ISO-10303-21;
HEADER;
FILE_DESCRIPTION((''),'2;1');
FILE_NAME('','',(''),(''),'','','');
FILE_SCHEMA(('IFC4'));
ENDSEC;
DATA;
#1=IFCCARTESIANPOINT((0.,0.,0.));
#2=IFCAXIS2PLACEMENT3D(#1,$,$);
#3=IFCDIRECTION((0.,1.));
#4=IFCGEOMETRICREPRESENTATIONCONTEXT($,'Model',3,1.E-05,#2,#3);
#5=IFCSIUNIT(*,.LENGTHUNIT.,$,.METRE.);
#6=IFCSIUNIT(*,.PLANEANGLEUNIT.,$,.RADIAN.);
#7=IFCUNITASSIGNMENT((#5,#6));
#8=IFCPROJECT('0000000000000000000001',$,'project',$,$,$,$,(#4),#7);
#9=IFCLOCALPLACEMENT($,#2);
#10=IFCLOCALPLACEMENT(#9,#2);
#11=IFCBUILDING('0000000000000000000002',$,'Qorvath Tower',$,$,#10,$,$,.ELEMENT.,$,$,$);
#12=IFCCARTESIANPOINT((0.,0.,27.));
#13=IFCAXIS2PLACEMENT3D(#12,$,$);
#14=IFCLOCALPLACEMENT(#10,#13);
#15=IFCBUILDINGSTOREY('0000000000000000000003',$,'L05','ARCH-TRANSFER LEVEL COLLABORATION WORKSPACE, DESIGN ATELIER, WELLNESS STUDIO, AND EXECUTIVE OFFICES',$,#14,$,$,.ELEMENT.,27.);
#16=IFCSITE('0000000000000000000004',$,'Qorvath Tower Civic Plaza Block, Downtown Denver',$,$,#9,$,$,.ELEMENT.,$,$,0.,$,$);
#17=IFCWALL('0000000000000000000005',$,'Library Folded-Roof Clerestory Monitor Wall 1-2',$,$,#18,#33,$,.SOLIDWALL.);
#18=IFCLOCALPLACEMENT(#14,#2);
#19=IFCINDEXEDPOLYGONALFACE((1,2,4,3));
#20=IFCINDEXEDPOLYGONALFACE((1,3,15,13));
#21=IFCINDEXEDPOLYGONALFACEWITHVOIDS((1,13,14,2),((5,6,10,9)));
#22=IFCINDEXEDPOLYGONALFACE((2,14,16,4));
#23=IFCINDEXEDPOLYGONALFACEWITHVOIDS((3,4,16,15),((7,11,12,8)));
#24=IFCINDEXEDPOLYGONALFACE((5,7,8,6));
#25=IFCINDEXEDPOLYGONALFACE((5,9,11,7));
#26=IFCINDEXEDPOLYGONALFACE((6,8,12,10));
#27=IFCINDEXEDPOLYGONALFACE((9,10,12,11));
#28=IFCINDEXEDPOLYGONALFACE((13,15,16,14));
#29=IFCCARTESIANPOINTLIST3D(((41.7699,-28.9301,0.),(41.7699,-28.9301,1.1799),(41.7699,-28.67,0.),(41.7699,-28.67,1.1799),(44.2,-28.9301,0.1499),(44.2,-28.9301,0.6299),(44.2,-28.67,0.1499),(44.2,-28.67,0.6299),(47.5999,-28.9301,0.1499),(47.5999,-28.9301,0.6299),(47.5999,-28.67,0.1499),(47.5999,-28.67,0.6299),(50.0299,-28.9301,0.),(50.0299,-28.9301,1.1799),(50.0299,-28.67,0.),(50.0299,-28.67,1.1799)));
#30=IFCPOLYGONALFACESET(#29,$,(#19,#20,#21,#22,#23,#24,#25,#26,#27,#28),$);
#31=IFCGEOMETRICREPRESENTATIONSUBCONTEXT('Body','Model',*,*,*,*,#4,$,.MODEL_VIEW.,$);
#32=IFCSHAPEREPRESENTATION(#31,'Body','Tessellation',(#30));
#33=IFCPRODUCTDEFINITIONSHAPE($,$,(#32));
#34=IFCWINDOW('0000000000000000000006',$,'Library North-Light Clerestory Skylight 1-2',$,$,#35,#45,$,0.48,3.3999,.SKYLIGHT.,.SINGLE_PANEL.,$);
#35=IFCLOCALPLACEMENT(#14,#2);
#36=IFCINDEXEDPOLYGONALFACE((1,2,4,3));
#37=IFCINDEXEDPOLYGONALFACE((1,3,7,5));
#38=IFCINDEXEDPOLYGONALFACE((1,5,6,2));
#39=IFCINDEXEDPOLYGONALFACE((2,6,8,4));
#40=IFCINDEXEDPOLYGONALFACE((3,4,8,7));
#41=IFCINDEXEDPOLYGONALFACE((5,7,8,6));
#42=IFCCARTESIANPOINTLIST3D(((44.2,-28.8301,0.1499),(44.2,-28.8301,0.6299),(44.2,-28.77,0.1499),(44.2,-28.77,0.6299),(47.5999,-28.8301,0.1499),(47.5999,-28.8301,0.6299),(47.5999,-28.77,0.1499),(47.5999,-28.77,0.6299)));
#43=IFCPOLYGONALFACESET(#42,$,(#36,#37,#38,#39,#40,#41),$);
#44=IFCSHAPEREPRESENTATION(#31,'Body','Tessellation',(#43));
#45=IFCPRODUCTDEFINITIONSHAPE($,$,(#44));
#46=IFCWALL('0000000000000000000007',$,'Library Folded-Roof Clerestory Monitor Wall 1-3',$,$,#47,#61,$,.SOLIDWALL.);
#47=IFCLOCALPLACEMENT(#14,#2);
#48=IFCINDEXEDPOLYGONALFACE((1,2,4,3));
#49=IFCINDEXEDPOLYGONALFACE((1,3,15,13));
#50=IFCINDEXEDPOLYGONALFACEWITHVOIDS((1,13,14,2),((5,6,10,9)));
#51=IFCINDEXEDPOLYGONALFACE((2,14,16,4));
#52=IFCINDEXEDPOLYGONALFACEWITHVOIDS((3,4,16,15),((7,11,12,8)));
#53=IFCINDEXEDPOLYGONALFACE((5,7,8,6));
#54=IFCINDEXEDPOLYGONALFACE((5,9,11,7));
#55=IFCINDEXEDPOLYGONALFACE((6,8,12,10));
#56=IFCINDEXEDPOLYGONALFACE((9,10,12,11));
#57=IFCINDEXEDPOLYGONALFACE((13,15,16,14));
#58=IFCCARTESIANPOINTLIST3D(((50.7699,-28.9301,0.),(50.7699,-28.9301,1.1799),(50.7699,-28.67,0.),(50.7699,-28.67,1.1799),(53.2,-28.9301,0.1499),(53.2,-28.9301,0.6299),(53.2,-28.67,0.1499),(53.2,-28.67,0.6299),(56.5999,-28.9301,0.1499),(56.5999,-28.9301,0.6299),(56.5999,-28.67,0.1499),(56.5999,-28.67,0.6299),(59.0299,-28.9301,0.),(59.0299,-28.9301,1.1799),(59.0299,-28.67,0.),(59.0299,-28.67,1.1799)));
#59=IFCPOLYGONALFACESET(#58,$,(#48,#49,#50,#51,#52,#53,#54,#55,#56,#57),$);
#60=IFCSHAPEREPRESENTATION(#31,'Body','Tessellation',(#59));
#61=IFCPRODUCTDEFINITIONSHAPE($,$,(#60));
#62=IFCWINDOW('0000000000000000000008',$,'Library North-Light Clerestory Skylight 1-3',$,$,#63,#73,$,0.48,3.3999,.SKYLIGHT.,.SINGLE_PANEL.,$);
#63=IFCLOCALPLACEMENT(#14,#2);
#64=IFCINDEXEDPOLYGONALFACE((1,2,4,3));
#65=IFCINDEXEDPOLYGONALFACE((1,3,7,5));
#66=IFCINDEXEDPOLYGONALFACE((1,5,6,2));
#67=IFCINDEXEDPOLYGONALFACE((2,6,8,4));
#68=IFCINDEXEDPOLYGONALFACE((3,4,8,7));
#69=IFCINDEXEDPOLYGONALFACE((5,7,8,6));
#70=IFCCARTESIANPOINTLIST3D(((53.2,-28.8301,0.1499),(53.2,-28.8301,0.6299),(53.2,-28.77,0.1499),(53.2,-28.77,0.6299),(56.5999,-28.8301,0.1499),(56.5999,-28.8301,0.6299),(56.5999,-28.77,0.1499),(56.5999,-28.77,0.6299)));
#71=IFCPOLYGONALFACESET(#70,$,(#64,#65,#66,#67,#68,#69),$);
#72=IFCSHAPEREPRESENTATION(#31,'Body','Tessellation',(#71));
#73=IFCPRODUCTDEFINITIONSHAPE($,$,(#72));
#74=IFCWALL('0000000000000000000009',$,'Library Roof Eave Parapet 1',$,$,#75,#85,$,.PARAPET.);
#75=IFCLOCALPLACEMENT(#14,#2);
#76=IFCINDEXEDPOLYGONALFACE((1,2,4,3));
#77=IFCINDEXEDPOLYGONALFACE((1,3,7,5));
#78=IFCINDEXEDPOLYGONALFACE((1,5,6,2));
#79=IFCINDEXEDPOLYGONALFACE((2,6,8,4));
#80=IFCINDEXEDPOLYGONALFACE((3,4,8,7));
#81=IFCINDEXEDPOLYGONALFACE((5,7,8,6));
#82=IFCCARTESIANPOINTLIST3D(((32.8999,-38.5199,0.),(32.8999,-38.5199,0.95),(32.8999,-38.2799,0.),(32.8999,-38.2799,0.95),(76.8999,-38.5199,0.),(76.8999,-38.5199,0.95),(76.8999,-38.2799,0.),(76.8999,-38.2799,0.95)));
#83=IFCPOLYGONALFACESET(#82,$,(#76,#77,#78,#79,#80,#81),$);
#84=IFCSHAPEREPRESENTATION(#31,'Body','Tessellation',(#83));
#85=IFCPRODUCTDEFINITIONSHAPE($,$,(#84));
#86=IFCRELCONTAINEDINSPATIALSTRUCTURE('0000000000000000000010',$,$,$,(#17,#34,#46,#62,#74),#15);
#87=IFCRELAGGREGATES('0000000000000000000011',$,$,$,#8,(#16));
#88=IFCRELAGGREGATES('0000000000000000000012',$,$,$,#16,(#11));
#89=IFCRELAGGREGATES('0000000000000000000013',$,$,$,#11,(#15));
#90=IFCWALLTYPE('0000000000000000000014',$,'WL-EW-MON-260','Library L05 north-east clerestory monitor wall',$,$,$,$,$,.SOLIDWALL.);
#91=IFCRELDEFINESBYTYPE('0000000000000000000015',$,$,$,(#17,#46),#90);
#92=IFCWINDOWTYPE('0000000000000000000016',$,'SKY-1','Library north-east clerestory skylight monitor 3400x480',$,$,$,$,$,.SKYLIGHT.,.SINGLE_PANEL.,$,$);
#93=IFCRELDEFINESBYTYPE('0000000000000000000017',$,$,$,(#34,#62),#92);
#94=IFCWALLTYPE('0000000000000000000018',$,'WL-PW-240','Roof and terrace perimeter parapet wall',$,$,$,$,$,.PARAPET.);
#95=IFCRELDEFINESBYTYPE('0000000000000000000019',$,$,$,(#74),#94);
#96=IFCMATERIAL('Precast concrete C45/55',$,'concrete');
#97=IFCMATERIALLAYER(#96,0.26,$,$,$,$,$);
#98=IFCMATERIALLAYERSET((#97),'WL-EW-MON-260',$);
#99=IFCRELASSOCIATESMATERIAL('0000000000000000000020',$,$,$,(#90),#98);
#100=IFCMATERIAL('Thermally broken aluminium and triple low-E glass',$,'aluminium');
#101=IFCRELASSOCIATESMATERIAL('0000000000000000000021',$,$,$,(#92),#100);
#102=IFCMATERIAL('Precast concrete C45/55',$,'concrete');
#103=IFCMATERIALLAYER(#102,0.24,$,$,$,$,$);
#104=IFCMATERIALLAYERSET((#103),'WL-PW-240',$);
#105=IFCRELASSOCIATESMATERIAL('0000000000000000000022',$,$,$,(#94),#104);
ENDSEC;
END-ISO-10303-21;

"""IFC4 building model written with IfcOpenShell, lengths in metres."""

from ifc_helpers import new_model, si_unit, direction, frame, frame_2d, origin, place, context, subcontext, project, spatial, rectangle, extrude, material, layer, layer_set, type_object, element, fill, save


model = new_model("IFC4")

# Units and contexts
model_context = context("Model", 3, precision=1e-05, world=origin(), true_north=direction((0.0, 1.0)))
body_context = subcontext(model_context, "Body", "Model", "MODEL_VIEW")
ifc_project = project(units=[si_unit("LENGTHUNIT", "METRE"), si_unit("PLANEANGLEUNIT", "RADIAN")], contexts=[model_context])

# Site, building, storey
site_placement = place(None, origin())
site = spatial("IfcSite", under=ifc_project, at=site_placement, Name="Qorvath Tower Civic Plaza Block, Downtown Denver", CompositionType="ELEMENT", RefElevation=0.0)
building_placement = place(site_placement, origin())
building = spatial("IfcBuilding", under=site, at=building_placement, Name="Qorvath Tower", CompositionType="ELEMENT")
storey_placement = place(building_placement, frame((0.0, 0.0, 27.0)))
storey = spatial("IfcBuildingStorey", under=building, at=storey_placement, Name="L05", Description="ARCH-TRANSFER LEVEL COLLABORATION WORKSPACE, DESIGN ATELIER, WELLNESS STUDIO, AND EXECUTIVE OFFICES", CompositionType="ELEMENT", Elevation=27.0)

# Walls, openings, windows
ifc_material_1 = material(Name="Precast concrete C45/55", Category="concrete")
ifc_layer_1 = layer(ifc_material_1, 0.26)
ifc_layer_set_1 = layer_set([ifc_layer_1], Name="WL-EW-MON-260")
wall_type_1 = type_object("IfcWallType", Name="WL-EW-MON-260", Description="Library L05 north-east clerestory monitor wall", PredefinedType="SOLIDWALL", material=ifc_layer_set_1)
wall_1_placement = place(storey_placement, frame((41.77, -28.8, 0.0), z_axis=(0.0, 0.0, 1.0), x_axis=(1.0, 0.0, 0.0)))
wall_1 = element("IfcWall", 1, at=wall_1_placement, inside=storey, type_object=wall_type_1, Name="Library Folded-Roof Clerestory Monitor Wall 1-2", PredefinedType="SOLIDWALL", context=body_context, shape_type="SweptSolid", body=[
    extrude(rectangle(XDim=8.26, YDim=0.26, at=frame_2d((4.1299, 0.0))), origin(), (0.0, 0.0, 1.0), 1.1799),
])
opening_1_placement = place(wall_1_placement, frame((2.4299, 0.0, 0.1499)))
opening_1 = element("IfcOpeningElement", 2, at=opening_1_placement, cuts=wall_1, PredefinedType="OPENING", context=body_context, shape_type="SweptSolid", body=[
    extrude(rectangle(XDim=3.3999, YDim=0.48, at=frame_2d((1.7, 0.24))), frame((0.0, 0.1401, 0.0), z_axis=(0.0, -1.0, 0.0), x_axis=(1.0, 0.0, 0.0)), (0.0, 0.0, 1.0), 0.28),
])
ifc_material_2 = material(Name="Thermally broken aluminium and triple low-E glass", Category="aluminium")
window_type = type_object("IfcWindowType", Name="SKY-1", Description="Library north-east clerestory skylight monitor 3400x480", PartitioningType="SINGLE_PANEL", PredefinedType="SKYLIGHT", material=ifc_material_2)
window_1_placement = place(opening_1_placement, origin())
window_1 = element("IfcWindow", 3, at=window_1_placement, inside=storey, type_object=window_type, Name="Library North-Light Clerestory Skylight 1-2", OverallHeight=0.48, OverallWidth=3.3999, PartitioningType="SINGLE_PANEL", PredefinedType="SKYLIGHT", context=body_context, shape_type="SweptSolid", body=[
    extrude(rectangle(XDim=3.3999, YDim=0.48, at=frame_2d((1.7, 0.24))), frame((0.0, 0.03, 0.0), z_axis=(0.0, -1.0, 0.0), x_axis=(1.0, 0.0, 0.0)), (0.0, 0.0, 1.0), 0.0601),
])
fill(opening_1, window_1)
wall_2_placement = place(storey_placement, frame((50.77, -28.8, 0.0), z_axis=(0.0, 0.0, 1.0), x_axis=(1.0, 0.0, 0.0)))
wall_2 = element("IfcWall", 4, at=wall_2_placement, inside=storey, type_object=wall_type_1, Name="Library Folded-Roof Clerestory Monitor Wall 1-3", PredefinedType="SOLIDWALL", context=body_context, shape_type="SweptSolid", body=[
    extrude(rectangle(XDim=8.26, YDim=0.26, at=frame_2d((4.1299, 0.0))), origin(), (0.0, 0.0, 1.0), 1.1799),
])
opening_2_placement = place(wall_2_placement, frame((2.4299, 0.0, 0.1499)))
opening_2 = element("IfcOpeningElement", 5, at=opening_2_placement, cuts=wall_2, PredefinedType="OPENING", context=body_context, shape_type="SweptSolid", body=[
    extrude(rectangle(XDim=3.3999, YDim=0.48, at=frame_2d((1.7, 0.24))), frame((0.0, 0.1401, 0.0), z_axis=(0.0, -1.0, 0.0), x_axis=(1.0, 0.0, 0.0)), (0.0, 0.0, 1.0), 0.28),
])
window_2_placement = place(opening_2_placement, origin())
window_2 = element("IfcWindow", 6, at=window_2_placement, inside=storey, type_object=window_type, Name="Library North-Light Clerestory Skylight 1-3", OverallHeight=0.48, OverallWidth=3.3999, PartitioningType="SINGLE_PANEL", PredefinedType="SKYLIGHT", context=body_context, shape_type="SweptSolid", body=[
    extrude(rectangle(XDim=3.3999, YDim=0.48, at=frame_2d((1.7, 0.24))), frame((0.0, 0.03, 0.0), z_axis=(0.0, -1.0, 0.0), x_axis=(1.0, 0.0, 0.0)), (0.0, 0.0, 1.0), 0.0601),
])
fill(opening_2, window_2)

# Wall
ifc_material_3 = material(Name="Precast concrete C45/55", Category="concrete")
ifc_layer_2 = layer(ifc_material_3, 0.24)
ifc_layer_set_2 = layer_set([ifc_layer_2], Name="WL-PW-240")
wall_type_2 = type_object("IfcWallType", Name="WL-PW-240", Description="Roof and terrace perimeter parapet wall", PredefinedType="PARAPET", material=ifc_layer_set_2)
wall_3_placement = place(storey_placement, frame((32.8999, -38.3999, 0.0), z_axis=(0.0, 0.0, 1.0), x_axis=(1.0, 0.0, 0.0)))
element("IfcWall", 7, at=wall_3_placement, inside=storey, type_object=wall_type_2, Name="Library Roof Eave Parapet 1", PredefinedType="PARAPET", context=body_context, shape_type="SweptSolid", body=[
    extrude(rectangle(XDim=44.0, YDim=0.24, at=frame_2d((22.0, 0.0))), origin(), (0.0, 0.0, 1.0), 0.95),
])

save(model, "model.ifc")
